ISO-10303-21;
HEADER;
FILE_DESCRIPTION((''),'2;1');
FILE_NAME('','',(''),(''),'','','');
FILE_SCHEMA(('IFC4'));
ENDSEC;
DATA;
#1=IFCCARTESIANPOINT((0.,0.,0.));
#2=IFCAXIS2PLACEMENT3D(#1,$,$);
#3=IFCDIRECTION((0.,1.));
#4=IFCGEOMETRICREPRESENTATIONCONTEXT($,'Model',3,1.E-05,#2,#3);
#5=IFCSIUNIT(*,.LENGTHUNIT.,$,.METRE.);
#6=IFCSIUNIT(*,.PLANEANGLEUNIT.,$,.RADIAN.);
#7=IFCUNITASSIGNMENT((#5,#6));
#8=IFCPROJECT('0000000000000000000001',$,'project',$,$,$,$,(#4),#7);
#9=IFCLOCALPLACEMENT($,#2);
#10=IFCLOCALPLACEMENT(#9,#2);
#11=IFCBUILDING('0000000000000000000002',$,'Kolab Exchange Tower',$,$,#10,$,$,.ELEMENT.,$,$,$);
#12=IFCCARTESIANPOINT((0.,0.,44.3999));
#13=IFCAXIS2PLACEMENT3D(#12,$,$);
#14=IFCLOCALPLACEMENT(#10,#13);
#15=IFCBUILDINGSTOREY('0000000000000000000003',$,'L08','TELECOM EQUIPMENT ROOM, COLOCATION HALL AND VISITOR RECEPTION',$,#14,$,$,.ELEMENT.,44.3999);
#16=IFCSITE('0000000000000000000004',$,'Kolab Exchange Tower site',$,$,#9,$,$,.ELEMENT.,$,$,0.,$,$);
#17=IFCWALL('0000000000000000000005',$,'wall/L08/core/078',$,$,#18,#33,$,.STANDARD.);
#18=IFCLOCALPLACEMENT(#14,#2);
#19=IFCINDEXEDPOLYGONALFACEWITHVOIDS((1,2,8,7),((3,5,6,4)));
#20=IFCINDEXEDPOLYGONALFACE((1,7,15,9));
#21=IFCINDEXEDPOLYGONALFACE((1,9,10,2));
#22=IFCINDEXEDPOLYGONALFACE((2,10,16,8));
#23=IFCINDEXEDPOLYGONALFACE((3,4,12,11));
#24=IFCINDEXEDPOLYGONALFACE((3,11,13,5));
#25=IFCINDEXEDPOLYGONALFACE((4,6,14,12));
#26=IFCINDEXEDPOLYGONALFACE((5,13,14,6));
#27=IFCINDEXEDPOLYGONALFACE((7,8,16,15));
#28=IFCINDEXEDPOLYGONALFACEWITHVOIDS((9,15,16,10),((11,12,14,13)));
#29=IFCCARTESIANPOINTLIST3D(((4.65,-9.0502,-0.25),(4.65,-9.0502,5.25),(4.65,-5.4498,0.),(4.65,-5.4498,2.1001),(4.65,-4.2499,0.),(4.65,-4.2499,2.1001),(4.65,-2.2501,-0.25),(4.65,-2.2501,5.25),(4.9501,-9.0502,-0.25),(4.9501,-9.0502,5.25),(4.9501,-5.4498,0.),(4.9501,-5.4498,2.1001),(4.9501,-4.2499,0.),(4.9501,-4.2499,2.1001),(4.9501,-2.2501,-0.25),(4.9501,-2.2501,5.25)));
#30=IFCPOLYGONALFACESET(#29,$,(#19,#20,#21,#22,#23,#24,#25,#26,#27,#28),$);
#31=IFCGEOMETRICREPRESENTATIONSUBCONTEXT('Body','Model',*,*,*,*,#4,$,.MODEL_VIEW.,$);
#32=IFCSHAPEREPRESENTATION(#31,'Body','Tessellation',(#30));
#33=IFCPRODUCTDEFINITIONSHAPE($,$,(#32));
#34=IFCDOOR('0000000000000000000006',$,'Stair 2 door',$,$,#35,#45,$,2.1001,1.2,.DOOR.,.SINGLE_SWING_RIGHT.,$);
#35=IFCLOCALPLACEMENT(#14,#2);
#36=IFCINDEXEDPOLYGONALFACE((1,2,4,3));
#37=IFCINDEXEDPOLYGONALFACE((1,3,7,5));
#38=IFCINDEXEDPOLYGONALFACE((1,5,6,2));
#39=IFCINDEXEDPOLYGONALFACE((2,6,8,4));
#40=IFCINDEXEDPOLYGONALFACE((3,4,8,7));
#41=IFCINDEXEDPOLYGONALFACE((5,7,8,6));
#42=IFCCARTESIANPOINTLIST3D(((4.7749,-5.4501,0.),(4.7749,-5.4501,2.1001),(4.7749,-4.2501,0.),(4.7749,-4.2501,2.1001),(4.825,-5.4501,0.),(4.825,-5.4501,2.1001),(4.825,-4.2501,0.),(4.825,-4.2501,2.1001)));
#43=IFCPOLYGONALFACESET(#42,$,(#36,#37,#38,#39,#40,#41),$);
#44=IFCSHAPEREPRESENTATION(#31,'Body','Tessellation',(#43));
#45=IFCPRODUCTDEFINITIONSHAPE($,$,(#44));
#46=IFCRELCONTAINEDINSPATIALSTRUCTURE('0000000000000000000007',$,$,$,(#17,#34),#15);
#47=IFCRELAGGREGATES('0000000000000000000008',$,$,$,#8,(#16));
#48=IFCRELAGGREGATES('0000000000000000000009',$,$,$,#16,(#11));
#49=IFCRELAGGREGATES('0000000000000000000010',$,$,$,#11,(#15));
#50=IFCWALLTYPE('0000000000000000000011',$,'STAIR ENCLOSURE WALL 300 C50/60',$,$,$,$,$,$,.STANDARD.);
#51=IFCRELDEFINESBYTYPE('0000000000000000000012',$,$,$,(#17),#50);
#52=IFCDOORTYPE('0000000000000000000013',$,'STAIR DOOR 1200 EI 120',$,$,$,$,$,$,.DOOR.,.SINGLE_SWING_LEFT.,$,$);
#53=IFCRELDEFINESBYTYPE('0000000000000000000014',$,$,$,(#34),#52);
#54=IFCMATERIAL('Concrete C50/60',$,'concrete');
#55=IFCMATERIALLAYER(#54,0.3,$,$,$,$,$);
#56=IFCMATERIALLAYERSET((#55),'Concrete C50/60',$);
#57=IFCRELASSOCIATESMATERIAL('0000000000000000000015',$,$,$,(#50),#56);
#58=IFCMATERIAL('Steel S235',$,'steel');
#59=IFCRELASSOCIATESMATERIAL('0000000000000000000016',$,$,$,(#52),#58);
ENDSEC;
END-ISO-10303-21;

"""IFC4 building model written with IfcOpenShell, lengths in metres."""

from ifc_helpers import new_model, si_unit, direction, frame, frame_2d, origin, place, context, subcontext, project, spatial, rectangle, extrude, material, layer, layer_set, type_object, element, fill, save


model = new_model("IFC4")

# Units and contexts
model_context = context("Model", 3, precision=1e-05, world=origin(), true_north=direction((0.0, 1.0)))
body_context = subcontext(model_context, "Body", "Model", "MODEL_VIEW")
ifc_project = project(units=[si_unit("LENGTHUNIT", "METRE"), si_unit("PLANEANGLEUNIT", "RADIAN")], contexts=[model_context])

# Site, building, storey
site_placement = place(None, origin())
site = spatial("IfcSite", under=ifc_project, at=site_placement, Name="Kolab Exchange Tower site", CompositionType="ELEMENT", RefElevation=0.0)
building_placement = place(site_placement, origin())
building = spatial("IfcBuilding", under=site, at=building_placement, Name="Kolab Exchange Tower", CompositionType="ELEMENT")
storey_placement = place(building_placement, frame((0.0, 0.0, 44.3999)))
storey = spatial("IfcBuildingStorey", under=building, at=storey_placement, Name="L08", Description="TELECOM EQUIPMENT ROOM, COLOCATION HALL AND VISITOR RECEPTION", CompositionType="ELEMENT", Elevation=44.3999)

# Shared definitions
ifc_material_1 = material(Name="Concrete C50/60", Category="concrete")

# Shared definitions
ifc_material_2 = material(Name="Steel S235", Category="steel")

# Shared definitions
ifc_layer_1 = layer(ifc_material_1, 0.3)
ifc_layer_set_1 = layer_set([ifc_layer_1], Name="Concrete C50/60")
wall_type_1 = type_object("IfcWallType", Name="STAIR ENCLOSURE WALL 300 C50/60", PredefinedType="STANDARD", material=ifc_layer_set_1)

# Wall, opening, door
wall_1_placement = place(storey_placement, frame((4.8, -9.05, -0.25), z_axis=(0.0, 0.0, 1.0), x_axis=(0.0, 1.0, 0.0)))
wall_1 = element("IfcWall", 1, at=wall_1_placement, inside=storey, type_object=wall_type_1, Name="wall/L08/core/078", PredefinedType="STANDARD", context=body_context, shape_type="SweptSolid", body=[
    extrude(rectangle(XDim=6.8, YDim=0.3, at=frame_2d((3.3999, 0.0))), origin(), (0.0, 0.0, 1.0), 5.5),
])
opening_1_placement = place(wall_1_placement, frame((3.6001, 0.0, 0.25)))
opening_1 = element("IfcOpeningElement", 2, at=opening_1_placement, cuts=wall_1, PredefinedType="OPENING", context=body_context, shape_type="SweptSolid", body=[
    extrude(rectangle(XDim=1.2, YDim=2.1001, at=frame_2d((0.6001, 1.05))), frame((0.0, 0.1602, 0.0), z_axis=(0.0, -1.0, 0.0), x_axis=(1.0, 0.0, 0.0)), (0.0, 0.0, 1.0), 0.3201),
])
door_type_1 = type_object("IfcDoorType", Name="STAIR DOOR 1200 EI 120", OperationType="SINGLE_SWING_LEFT", PredefinedType="DOOR", material=ifc_material_2)
door_1_placement = place(opening_1_placement, frame((1.2, 0.0, 0.0), z_axis=(0.0, 0.0, 1.0), x_axis=(-1.0, 0.0, 0.0)))
door_1 = element("IfcDoor", 3, at=door_1_placement, inside=storey, type_object=door_type_1, Name="Stair 2 door", OperationType="SINGLE_SWING_RIGHT", OverallHeight=2.1001, OverallWidth=1.2, PredefinedType="DOOR", context=body_context, shape_type="SweptSolid", body=[
    extrude(rectangle(XDim=1.2, YDim=2.1001, at=frame_2d((0.6001, 1.05))), frame((0.0, 0.0249, 0.0), z_axis=(0.0, -1.0, 0.0), x_axis=(1.0, 0.0, 0.0)), (0.0, 0.0, 1.0), 0.05),
])
fill(opening_1, door_1)

save(model, "model.ifc")
